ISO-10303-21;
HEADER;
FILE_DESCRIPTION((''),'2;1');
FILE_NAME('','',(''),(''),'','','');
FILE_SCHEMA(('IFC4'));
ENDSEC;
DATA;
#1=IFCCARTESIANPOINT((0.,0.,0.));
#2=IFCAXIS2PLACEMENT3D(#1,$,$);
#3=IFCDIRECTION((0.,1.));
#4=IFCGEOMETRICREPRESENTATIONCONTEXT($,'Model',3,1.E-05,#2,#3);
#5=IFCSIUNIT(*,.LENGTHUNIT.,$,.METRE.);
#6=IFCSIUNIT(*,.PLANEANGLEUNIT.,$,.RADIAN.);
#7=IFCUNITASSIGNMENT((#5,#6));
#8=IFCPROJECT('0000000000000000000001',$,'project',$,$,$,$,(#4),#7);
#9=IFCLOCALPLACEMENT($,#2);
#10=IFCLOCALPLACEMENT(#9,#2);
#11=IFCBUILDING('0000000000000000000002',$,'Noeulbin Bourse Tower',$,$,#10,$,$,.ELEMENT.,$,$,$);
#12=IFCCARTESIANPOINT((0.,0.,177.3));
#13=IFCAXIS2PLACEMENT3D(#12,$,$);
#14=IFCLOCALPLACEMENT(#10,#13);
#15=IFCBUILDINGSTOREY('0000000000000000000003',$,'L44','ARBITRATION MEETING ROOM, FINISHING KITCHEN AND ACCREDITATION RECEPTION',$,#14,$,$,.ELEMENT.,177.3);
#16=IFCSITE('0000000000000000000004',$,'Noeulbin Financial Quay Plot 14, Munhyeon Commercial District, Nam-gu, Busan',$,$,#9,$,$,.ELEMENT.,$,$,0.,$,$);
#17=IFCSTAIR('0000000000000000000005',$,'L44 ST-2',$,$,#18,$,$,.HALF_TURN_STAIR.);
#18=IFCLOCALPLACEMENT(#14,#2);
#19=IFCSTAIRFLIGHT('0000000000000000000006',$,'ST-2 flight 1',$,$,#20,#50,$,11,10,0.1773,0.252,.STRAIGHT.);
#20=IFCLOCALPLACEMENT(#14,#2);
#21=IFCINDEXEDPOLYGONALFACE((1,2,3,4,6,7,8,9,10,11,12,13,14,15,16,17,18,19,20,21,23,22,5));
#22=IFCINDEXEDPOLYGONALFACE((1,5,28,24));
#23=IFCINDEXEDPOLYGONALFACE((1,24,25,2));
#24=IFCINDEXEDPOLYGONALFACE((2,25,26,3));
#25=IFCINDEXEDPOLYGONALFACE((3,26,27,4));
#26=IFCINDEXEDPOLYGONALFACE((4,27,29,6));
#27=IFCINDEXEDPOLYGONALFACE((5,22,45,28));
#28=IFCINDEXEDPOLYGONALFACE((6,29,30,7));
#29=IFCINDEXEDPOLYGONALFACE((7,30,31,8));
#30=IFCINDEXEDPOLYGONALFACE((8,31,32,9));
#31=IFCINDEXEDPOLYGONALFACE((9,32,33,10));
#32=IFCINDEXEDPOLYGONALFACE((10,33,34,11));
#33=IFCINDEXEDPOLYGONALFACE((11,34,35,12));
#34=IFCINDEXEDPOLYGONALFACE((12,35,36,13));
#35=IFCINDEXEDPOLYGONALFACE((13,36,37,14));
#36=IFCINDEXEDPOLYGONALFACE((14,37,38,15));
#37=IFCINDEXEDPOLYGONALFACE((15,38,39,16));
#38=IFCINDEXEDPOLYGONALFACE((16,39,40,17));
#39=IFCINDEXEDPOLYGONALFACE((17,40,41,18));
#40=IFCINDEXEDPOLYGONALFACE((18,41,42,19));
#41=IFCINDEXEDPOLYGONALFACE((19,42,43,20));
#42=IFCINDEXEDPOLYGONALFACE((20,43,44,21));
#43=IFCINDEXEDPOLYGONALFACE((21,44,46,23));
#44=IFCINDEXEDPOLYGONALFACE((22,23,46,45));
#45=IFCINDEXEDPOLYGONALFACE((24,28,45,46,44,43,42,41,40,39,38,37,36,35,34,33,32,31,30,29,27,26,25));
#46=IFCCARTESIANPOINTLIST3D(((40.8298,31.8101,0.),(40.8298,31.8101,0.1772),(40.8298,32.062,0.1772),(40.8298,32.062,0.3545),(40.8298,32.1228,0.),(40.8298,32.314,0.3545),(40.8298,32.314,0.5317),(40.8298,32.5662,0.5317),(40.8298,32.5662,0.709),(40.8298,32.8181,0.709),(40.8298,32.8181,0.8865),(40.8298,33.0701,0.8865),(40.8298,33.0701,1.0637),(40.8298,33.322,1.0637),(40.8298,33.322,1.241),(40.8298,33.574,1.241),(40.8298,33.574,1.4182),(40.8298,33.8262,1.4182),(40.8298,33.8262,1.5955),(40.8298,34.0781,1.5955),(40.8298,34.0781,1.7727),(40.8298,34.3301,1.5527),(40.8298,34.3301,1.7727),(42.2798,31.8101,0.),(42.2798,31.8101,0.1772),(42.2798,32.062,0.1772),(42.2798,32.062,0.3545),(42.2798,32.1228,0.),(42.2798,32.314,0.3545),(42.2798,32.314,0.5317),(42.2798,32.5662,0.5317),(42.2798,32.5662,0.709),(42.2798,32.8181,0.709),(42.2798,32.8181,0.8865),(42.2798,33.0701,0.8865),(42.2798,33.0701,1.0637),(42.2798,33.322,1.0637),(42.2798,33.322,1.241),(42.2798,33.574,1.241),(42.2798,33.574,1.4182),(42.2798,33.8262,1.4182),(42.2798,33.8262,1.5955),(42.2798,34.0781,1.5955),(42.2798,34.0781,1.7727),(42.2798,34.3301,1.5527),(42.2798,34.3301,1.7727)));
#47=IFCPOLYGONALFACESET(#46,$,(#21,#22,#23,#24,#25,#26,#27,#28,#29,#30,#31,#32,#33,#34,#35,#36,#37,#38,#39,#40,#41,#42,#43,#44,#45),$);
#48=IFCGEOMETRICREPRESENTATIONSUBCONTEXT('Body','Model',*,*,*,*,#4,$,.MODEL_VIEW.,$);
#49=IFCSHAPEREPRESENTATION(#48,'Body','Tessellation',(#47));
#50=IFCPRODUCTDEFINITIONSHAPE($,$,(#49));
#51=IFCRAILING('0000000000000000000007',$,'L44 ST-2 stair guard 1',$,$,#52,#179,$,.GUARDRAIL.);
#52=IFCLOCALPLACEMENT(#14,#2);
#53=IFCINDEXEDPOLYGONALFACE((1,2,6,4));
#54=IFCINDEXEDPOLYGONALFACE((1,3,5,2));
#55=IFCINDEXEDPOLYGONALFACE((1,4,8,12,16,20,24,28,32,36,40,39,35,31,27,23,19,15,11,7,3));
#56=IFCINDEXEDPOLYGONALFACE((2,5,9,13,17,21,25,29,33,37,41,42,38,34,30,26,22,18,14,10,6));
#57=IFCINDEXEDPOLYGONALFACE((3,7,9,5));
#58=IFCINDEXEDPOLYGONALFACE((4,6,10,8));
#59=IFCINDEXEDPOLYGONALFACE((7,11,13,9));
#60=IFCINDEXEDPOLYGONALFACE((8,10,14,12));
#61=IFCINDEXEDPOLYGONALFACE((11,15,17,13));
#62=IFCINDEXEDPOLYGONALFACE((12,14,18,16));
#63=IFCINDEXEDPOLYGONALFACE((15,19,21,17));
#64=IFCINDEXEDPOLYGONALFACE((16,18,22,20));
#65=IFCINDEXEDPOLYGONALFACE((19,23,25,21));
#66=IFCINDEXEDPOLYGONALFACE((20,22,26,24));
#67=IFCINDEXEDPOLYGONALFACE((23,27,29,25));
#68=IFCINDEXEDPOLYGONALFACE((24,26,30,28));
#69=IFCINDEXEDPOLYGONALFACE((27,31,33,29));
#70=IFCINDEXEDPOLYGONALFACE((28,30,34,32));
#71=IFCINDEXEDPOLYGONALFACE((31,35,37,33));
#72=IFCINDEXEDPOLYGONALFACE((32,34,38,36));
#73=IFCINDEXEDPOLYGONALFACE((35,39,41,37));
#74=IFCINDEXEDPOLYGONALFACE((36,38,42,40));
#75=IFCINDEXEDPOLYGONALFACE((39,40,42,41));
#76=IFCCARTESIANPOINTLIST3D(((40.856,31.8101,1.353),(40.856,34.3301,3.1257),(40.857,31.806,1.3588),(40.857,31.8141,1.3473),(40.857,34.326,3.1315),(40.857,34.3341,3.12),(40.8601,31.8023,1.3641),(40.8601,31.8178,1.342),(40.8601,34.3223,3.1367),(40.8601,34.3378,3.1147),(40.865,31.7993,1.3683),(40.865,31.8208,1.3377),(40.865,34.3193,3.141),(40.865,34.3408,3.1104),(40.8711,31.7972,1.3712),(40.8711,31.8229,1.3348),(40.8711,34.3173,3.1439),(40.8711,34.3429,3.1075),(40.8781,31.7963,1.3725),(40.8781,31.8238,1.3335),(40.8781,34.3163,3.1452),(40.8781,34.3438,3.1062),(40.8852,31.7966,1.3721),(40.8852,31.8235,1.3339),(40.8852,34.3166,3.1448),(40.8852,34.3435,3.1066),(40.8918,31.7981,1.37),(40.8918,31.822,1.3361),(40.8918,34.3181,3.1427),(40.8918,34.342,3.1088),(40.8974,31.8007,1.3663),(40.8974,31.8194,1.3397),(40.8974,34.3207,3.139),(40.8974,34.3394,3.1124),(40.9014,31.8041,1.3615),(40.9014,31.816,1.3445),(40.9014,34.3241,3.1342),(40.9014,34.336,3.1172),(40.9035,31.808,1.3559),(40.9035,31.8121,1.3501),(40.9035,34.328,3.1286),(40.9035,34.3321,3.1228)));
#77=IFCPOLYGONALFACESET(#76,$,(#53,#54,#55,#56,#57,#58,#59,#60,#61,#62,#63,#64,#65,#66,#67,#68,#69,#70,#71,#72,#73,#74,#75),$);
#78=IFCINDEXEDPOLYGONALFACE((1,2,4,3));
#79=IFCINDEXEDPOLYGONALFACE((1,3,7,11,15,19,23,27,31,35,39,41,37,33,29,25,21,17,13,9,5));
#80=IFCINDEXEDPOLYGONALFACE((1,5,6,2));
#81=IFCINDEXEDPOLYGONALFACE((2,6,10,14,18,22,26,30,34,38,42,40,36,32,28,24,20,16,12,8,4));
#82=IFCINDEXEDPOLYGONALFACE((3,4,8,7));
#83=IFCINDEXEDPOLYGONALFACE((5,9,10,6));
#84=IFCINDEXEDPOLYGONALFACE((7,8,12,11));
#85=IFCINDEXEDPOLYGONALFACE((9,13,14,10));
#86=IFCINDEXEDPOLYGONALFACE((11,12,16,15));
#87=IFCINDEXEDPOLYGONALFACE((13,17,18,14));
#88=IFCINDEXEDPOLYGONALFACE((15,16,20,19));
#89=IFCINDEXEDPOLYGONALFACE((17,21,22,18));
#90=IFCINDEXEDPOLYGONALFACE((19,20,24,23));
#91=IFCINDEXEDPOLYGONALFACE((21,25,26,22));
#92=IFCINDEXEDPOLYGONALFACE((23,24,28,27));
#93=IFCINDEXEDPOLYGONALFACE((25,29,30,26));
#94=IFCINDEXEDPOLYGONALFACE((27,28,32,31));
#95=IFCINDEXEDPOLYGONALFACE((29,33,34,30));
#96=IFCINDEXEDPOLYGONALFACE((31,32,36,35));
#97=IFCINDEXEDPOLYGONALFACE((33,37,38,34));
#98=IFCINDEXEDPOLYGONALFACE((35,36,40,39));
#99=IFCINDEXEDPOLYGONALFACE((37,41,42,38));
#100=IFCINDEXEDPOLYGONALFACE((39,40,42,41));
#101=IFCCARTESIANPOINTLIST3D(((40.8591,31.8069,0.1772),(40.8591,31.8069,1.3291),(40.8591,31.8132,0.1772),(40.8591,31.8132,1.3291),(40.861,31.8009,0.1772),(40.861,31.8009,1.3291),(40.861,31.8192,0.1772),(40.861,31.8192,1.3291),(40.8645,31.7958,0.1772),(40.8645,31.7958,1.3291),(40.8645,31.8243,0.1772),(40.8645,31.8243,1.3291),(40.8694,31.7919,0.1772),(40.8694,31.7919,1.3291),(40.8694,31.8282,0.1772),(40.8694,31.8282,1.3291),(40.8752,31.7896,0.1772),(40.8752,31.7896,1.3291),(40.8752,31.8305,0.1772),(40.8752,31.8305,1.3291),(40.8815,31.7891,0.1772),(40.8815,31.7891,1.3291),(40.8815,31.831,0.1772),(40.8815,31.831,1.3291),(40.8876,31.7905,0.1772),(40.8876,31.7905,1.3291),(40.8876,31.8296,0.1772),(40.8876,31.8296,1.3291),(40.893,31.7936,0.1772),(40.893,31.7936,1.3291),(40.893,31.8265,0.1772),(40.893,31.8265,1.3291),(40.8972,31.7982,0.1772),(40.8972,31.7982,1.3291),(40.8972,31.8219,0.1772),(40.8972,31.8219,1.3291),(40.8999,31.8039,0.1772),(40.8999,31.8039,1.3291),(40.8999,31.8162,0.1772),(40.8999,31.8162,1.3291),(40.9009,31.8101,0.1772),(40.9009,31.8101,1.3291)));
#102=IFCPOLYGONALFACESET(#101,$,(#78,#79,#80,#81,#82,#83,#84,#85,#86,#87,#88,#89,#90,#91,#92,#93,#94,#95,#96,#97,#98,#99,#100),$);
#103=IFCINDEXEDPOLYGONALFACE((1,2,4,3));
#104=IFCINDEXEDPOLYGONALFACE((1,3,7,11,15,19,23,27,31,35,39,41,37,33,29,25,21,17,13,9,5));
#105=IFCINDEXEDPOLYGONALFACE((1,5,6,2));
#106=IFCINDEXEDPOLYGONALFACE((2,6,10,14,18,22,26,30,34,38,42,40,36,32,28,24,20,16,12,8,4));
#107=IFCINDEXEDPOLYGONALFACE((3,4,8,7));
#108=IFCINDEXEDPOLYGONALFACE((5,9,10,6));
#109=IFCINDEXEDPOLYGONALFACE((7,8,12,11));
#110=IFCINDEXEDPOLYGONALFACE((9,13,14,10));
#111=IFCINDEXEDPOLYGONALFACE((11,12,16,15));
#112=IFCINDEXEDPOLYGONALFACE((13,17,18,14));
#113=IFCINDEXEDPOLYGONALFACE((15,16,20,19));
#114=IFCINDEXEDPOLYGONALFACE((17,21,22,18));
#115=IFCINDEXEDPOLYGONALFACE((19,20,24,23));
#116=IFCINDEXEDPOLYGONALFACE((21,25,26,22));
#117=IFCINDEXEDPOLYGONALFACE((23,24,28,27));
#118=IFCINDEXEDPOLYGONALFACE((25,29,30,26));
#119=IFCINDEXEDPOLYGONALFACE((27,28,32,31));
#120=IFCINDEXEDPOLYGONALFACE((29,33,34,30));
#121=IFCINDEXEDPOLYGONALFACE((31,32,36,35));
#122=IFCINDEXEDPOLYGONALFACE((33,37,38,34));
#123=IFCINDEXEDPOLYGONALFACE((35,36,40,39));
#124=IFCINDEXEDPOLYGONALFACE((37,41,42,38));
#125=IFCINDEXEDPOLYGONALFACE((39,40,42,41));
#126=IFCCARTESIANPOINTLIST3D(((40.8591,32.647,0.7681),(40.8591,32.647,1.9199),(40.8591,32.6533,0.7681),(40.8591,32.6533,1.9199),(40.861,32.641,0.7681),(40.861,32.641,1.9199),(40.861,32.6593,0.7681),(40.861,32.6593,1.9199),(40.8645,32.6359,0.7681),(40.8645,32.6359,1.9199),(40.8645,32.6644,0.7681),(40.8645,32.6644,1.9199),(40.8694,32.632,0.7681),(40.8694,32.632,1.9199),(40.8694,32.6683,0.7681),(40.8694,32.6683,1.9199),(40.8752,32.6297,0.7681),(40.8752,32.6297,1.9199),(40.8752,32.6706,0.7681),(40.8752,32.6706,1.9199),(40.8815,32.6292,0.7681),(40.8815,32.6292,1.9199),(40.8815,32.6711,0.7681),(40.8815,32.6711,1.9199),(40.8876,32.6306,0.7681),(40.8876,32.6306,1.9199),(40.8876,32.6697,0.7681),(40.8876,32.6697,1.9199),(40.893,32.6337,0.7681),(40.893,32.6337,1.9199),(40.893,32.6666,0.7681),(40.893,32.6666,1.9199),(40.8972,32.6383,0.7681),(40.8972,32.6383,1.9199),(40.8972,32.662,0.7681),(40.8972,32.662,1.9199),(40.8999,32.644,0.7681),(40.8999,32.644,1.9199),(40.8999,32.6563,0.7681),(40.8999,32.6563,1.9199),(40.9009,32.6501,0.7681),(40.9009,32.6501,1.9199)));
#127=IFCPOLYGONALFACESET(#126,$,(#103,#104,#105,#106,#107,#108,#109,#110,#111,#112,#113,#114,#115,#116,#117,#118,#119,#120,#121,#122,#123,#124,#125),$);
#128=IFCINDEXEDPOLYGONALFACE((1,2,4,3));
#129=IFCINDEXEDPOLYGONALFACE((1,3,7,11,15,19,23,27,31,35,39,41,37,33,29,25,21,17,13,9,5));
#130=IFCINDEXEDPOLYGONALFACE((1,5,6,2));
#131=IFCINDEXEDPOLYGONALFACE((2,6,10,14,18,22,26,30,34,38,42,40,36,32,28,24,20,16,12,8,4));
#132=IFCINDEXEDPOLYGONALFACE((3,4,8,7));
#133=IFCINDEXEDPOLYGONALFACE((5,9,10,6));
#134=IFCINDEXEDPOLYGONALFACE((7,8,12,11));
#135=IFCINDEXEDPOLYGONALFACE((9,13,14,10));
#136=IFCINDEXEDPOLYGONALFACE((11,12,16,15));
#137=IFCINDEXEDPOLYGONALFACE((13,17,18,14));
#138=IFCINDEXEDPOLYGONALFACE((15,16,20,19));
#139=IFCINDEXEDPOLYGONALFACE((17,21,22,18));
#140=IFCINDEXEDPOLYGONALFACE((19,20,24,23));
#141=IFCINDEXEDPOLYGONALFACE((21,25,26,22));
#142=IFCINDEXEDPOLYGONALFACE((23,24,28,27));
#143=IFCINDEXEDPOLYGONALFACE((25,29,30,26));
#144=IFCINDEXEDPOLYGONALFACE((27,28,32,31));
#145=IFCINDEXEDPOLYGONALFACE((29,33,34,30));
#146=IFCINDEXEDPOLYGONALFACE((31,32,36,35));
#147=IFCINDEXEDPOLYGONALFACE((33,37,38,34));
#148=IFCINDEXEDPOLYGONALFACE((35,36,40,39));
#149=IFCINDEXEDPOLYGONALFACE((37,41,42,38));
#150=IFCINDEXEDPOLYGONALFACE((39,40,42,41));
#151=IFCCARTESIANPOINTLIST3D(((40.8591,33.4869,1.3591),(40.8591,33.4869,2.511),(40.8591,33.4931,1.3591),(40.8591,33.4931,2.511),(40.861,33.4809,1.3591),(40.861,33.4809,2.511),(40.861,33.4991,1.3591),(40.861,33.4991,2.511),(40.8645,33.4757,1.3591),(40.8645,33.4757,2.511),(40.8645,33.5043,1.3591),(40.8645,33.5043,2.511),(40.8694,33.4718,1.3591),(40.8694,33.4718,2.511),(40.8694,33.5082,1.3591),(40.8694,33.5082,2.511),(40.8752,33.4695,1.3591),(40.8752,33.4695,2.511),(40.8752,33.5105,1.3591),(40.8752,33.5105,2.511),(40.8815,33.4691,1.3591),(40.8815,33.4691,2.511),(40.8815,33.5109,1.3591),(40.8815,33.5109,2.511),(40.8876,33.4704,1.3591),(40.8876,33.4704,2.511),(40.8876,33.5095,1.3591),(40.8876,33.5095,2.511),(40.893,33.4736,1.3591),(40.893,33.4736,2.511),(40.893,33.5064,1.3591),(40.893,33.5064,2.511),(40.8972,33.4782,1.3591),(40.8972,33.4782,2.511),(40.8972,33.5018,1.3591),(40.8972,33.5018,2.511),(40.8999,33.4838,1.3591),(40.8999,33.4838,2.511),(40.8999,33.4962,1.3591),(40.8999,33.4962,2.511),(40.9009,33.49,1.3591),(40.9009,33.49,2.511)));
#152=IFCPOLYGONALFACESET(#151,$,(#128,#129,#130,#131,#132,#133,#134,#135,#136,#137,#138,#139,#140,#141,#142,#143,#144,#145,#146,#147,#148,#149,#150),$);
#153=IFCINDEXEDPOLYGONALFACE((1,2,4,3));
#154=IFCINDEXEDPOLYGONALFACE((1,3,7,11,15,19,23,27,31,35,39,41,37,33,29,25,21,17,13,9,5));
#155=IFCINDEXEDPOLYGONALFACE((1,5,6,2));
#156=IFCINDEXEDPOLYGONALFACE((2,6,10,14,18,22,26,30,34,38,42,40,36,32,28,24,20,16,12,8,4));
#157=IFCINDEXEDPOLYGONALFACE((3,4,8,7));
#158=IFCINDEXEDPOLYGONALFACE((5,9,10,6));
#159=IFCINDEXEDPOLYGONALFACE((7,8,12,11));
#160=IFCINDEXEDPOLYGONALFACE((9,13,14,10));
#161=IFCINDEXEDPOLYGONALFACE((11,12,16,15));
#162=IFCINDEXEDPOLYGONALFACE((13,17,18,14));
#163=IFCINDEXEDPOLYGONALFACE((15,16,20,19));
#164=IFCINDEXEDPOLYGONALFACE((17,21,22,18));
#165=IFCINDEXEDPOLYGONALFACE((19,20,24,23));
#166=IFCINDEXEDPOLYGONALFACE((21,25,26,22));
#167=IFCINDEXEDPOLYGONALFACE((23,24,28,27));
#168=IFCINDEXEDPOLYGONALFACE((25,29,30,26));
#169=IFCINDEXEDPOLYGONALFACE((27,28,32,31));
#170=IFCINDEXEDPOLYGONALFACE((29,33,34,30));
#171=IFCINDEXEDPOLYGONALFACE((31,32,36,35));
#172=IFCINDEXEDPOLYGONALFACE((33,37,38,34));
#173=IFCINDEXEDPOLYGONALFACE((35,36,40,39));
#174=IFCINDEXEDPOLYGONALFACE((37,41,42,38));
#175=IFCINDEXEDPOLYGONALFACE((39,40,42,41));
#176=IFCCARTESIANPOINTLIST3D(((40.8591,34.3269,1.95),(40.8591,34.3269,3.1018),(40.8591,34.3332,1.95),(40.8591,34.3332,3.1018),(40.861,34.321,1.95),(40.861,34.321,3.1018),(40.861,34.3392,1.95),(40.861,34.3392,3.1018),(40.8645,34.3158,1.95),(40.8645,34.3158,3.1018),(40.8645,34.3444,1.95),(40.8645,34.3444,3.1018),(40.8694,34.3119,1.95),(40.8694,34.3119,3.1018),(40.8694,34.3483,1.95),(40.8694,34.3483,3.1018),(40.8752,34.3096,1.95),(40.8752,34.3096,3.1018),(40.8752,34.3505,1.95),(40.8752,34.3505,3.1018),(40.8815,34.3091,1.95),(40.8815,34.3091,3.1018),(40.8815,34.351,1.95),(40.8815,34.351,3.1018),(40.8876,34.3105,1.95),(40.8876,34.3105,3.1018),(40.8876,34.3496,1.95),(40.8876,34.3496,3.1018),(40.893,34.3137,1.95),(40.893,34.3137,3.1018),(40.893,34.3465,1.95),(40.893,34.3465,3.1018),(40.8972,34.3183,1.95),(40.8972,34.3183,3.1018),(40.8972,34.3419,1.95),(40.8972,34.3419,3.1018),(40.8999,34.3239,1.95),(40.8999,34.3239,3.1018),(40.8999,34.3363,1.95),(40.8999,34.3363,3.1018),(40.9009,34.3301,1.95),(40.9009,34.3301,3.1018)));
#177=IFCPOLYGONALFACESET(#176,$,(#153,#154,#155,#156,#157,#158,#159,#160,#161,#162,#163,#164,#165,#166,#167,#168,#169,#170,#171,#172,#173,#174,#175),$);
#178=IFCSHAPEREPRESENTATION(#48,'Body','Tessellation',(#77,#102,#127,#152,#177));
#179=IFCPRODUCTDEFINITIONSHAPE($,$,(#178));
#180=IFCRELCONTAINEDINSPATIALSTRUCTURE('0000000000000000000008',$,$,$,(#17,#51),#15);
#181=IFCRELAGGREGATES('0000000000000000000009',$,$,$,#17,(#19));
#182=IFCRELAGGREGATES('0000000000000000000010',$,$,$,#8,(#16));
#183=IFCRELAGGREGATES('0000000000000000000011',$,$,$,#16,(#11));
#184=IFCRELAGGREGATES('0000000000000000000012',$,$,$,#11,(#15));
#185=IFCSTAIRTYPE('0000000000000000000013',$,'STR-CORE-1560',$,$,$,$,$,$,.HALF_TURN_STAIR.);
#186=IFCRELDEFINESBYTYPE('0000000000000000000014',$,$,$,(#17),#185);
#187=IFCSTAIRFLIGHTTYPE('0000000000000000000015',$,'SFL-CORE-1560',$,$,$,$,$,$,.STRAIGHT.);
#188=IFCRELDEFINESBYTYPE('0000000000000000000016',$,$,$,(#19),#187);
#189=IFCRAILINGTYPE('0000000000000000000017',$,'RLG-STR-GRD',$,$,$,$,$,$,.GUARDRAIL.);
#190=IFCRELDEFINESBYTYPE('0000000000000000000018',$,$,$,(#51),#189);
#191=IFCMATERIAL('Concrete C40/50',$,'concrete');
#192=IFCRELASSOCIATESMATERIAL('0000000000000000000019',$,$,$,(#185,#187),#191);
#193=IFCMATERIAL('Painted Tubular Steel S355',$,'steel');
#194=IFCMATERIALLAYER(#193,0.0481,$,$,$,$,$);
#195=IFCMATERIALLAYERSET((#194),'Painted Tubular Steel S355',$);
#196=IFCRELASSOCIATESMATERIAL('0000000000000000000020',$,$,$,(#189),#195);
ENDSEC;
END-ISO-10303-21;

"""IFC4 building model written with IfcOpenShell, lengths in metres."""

from ifc_helpers import new_model, si_unit, direction, frame, origin, origin_2d, place, context, subcontext, project, spatial, polyline, circle, outline, extrude, material, layer, layer_set, type_object, element, aggregate, save


model = new_model("IFC4")

# Units and contexts
model_context = context("Model", 3, precision=1e-05, world=origin(), true_north=direction((0.0, 1.0)))
body_context = subcontext(model_context, "Body", "Model", "MODEL_VIEW")
ifc_project = project(units=[si_unit("LENGTHUNIT", "METRE"), si_unit("PLANEANGLEUNIT", "RADIAN")], contexts=[model_context])

# Site, building, storey
site_placement = place(None, origin())
site = spatial("IfcSite", under=ifc_project, at=site_placement, Name="Noeulbin Financial Quay Plot 14, Munhyeon Commercial District, Nam-gu, Busan", CompositionType="ELEMENT", RefElevation=0.0)
building_placement = place(site_placement, origin())
building = spatial("IfcBuilding", under=site, at=building_placement, Name="Noeulbin Bourse Tower", CompositionType="ELEMENT")
storey_placement = place(building_placement, frame((0.0, 0.0, 177.3)))
storey = spatial("IfcBuildingStorey", under=building, at=storey_placement, Name="L44", Description="ARBITRATION MEETING ROOM, FINISHING KITCHEN AND ACCREDITATION RECEPTION", CompositionType="ELEMENT", Elevation=177.3)

# Shared definitions
ifc_material_1 = material(Name="Concrete C40/50", Category="concrete")

# Stair, stair flight
stair_type = type_object("IfcStairType", Name="STR-CORE-1560", PredefinedType="HALF_TURN_STAIR", material=ifc_material_1)
stair_placement = place(storey_placement, origin())
stair = element("IfcStair", 1, at=stair_placement, inside=storey, type_object=stair_type, Name="L44 ST-2", PredefinedType="HALF_TURN_STAIR")
stair_flight_type = type_object("IfcStairFlightType", Name="SFL-CORE-1560", PredefinedType="STRAIGHT", material=ifc_material_1)
stair_flight_placement = place(storey_placement, frame((41.5549, 31.8101, 0.0), z_axis=(0.0, 0.0, 1.0), x_axis=(0.0, 1.0, 0.0)))
stair_flight = element("IfcStairFlight", 2, at=stair_flight_placement, type_object=stair_flight_type, Name="ST-2 flight 1", NumberOfRisers=11, NumberOfTreads=10, PredefinedType="STRAIGHT", RiserHeight=0.1773, TreadLength=0.252, context=body_context, shape_type="SweptSolid", body=[
    extrude(outline(polyline([(0.0, 0.0), (0.0, 0.1772), (0.252, 0.1772), (0.252, 0.3545), (0.5039, 0.3545), (0.5039, 0.5317), (0.7561, 0.5317), (0.7561, 0.709), (1.0081, 0.709), (1.0081, 0.8865), (1.26, 0.8865), (1.26, 1.0637), (1.512, 1.0637), (1.512, 1.241), (1.7639, 1.241), (1.7639, 1.4182), (2.0161, 1.4182), (2.0161, 1.5955), (2.2681, 1.5955), (2.2681, 1.7727), (2.52, 1.7727), (2.52, 1.95), (2.52, 1.5527), (0.3127, 0.0), (0.0, 0.0)])), frame((0.0, 0.7251, 0.0), z_axis=(0.0, -1.0, 0.0), x_axis=(1.0, 0.0, 0.0)), (0.0, 0.0, 1.0), 1.45),
])
aggregate(stair, [stair_flight])

# Railing
ifc_material_2 = material(Name="Painted Tubular Steel S355", Category="steel")
ifc_layer_1 = layer(ifc_material_2, 0.0481)
ifc_layer_set_1 = layer_set([ifc_layer_1], Name="Painted Tubular Steel S355")
railing_type_1 = type_object("IfcRailingType", Name="RLG-STR-GRD", PredefinedType="GUARDRAIL", material=ifc_layer_set_1)
railing_1_placement = place(storey_placement, frame((40.8799, 31.8101, 0.1772)))
element("IfcRailing", 3, at=railing_1_placement, inside=storey, type_object=railing_type_1, Name="L44 ST-2 stair guard 1", PredefinedType="GUARDRAIL", context=body_context, shape_type="SweptSolid", body=[
    extrude(circle(Radius=0.0239, at=origin_2d()), frame((0.0, 0.0, 1.1758), z_axis=(0.0, 0.817904, 0.575354), x_axis=(-1.0, 0.0, 0.0)), (0.0, 0.0, 1.0), 3.0811),
    extrude(circle(Radius=0.021, at=origin_2d()), origin(), (0.0, 0.0, 1.0), 1.1519),
    extrude(circle(Radius=0.021, at=origin_2d()), frame((0.0, 0.8401, 0.5908)), (0.0, 0.0, 1.0), 1.1519),
    extrude(circle(Radius=0.021, at=origin_2d()), frame((0.0, 1.6799, 1.1819)), (0.0, 0.0, 1.0), 1.1519),
    extrude(circle(Radius=0.021, at=origin_2d()), frame((0.0, 2.52, 1.7727)), (0.0, 0.0, 1.0), 1.1519),
])

save(model, "model.ifc")
